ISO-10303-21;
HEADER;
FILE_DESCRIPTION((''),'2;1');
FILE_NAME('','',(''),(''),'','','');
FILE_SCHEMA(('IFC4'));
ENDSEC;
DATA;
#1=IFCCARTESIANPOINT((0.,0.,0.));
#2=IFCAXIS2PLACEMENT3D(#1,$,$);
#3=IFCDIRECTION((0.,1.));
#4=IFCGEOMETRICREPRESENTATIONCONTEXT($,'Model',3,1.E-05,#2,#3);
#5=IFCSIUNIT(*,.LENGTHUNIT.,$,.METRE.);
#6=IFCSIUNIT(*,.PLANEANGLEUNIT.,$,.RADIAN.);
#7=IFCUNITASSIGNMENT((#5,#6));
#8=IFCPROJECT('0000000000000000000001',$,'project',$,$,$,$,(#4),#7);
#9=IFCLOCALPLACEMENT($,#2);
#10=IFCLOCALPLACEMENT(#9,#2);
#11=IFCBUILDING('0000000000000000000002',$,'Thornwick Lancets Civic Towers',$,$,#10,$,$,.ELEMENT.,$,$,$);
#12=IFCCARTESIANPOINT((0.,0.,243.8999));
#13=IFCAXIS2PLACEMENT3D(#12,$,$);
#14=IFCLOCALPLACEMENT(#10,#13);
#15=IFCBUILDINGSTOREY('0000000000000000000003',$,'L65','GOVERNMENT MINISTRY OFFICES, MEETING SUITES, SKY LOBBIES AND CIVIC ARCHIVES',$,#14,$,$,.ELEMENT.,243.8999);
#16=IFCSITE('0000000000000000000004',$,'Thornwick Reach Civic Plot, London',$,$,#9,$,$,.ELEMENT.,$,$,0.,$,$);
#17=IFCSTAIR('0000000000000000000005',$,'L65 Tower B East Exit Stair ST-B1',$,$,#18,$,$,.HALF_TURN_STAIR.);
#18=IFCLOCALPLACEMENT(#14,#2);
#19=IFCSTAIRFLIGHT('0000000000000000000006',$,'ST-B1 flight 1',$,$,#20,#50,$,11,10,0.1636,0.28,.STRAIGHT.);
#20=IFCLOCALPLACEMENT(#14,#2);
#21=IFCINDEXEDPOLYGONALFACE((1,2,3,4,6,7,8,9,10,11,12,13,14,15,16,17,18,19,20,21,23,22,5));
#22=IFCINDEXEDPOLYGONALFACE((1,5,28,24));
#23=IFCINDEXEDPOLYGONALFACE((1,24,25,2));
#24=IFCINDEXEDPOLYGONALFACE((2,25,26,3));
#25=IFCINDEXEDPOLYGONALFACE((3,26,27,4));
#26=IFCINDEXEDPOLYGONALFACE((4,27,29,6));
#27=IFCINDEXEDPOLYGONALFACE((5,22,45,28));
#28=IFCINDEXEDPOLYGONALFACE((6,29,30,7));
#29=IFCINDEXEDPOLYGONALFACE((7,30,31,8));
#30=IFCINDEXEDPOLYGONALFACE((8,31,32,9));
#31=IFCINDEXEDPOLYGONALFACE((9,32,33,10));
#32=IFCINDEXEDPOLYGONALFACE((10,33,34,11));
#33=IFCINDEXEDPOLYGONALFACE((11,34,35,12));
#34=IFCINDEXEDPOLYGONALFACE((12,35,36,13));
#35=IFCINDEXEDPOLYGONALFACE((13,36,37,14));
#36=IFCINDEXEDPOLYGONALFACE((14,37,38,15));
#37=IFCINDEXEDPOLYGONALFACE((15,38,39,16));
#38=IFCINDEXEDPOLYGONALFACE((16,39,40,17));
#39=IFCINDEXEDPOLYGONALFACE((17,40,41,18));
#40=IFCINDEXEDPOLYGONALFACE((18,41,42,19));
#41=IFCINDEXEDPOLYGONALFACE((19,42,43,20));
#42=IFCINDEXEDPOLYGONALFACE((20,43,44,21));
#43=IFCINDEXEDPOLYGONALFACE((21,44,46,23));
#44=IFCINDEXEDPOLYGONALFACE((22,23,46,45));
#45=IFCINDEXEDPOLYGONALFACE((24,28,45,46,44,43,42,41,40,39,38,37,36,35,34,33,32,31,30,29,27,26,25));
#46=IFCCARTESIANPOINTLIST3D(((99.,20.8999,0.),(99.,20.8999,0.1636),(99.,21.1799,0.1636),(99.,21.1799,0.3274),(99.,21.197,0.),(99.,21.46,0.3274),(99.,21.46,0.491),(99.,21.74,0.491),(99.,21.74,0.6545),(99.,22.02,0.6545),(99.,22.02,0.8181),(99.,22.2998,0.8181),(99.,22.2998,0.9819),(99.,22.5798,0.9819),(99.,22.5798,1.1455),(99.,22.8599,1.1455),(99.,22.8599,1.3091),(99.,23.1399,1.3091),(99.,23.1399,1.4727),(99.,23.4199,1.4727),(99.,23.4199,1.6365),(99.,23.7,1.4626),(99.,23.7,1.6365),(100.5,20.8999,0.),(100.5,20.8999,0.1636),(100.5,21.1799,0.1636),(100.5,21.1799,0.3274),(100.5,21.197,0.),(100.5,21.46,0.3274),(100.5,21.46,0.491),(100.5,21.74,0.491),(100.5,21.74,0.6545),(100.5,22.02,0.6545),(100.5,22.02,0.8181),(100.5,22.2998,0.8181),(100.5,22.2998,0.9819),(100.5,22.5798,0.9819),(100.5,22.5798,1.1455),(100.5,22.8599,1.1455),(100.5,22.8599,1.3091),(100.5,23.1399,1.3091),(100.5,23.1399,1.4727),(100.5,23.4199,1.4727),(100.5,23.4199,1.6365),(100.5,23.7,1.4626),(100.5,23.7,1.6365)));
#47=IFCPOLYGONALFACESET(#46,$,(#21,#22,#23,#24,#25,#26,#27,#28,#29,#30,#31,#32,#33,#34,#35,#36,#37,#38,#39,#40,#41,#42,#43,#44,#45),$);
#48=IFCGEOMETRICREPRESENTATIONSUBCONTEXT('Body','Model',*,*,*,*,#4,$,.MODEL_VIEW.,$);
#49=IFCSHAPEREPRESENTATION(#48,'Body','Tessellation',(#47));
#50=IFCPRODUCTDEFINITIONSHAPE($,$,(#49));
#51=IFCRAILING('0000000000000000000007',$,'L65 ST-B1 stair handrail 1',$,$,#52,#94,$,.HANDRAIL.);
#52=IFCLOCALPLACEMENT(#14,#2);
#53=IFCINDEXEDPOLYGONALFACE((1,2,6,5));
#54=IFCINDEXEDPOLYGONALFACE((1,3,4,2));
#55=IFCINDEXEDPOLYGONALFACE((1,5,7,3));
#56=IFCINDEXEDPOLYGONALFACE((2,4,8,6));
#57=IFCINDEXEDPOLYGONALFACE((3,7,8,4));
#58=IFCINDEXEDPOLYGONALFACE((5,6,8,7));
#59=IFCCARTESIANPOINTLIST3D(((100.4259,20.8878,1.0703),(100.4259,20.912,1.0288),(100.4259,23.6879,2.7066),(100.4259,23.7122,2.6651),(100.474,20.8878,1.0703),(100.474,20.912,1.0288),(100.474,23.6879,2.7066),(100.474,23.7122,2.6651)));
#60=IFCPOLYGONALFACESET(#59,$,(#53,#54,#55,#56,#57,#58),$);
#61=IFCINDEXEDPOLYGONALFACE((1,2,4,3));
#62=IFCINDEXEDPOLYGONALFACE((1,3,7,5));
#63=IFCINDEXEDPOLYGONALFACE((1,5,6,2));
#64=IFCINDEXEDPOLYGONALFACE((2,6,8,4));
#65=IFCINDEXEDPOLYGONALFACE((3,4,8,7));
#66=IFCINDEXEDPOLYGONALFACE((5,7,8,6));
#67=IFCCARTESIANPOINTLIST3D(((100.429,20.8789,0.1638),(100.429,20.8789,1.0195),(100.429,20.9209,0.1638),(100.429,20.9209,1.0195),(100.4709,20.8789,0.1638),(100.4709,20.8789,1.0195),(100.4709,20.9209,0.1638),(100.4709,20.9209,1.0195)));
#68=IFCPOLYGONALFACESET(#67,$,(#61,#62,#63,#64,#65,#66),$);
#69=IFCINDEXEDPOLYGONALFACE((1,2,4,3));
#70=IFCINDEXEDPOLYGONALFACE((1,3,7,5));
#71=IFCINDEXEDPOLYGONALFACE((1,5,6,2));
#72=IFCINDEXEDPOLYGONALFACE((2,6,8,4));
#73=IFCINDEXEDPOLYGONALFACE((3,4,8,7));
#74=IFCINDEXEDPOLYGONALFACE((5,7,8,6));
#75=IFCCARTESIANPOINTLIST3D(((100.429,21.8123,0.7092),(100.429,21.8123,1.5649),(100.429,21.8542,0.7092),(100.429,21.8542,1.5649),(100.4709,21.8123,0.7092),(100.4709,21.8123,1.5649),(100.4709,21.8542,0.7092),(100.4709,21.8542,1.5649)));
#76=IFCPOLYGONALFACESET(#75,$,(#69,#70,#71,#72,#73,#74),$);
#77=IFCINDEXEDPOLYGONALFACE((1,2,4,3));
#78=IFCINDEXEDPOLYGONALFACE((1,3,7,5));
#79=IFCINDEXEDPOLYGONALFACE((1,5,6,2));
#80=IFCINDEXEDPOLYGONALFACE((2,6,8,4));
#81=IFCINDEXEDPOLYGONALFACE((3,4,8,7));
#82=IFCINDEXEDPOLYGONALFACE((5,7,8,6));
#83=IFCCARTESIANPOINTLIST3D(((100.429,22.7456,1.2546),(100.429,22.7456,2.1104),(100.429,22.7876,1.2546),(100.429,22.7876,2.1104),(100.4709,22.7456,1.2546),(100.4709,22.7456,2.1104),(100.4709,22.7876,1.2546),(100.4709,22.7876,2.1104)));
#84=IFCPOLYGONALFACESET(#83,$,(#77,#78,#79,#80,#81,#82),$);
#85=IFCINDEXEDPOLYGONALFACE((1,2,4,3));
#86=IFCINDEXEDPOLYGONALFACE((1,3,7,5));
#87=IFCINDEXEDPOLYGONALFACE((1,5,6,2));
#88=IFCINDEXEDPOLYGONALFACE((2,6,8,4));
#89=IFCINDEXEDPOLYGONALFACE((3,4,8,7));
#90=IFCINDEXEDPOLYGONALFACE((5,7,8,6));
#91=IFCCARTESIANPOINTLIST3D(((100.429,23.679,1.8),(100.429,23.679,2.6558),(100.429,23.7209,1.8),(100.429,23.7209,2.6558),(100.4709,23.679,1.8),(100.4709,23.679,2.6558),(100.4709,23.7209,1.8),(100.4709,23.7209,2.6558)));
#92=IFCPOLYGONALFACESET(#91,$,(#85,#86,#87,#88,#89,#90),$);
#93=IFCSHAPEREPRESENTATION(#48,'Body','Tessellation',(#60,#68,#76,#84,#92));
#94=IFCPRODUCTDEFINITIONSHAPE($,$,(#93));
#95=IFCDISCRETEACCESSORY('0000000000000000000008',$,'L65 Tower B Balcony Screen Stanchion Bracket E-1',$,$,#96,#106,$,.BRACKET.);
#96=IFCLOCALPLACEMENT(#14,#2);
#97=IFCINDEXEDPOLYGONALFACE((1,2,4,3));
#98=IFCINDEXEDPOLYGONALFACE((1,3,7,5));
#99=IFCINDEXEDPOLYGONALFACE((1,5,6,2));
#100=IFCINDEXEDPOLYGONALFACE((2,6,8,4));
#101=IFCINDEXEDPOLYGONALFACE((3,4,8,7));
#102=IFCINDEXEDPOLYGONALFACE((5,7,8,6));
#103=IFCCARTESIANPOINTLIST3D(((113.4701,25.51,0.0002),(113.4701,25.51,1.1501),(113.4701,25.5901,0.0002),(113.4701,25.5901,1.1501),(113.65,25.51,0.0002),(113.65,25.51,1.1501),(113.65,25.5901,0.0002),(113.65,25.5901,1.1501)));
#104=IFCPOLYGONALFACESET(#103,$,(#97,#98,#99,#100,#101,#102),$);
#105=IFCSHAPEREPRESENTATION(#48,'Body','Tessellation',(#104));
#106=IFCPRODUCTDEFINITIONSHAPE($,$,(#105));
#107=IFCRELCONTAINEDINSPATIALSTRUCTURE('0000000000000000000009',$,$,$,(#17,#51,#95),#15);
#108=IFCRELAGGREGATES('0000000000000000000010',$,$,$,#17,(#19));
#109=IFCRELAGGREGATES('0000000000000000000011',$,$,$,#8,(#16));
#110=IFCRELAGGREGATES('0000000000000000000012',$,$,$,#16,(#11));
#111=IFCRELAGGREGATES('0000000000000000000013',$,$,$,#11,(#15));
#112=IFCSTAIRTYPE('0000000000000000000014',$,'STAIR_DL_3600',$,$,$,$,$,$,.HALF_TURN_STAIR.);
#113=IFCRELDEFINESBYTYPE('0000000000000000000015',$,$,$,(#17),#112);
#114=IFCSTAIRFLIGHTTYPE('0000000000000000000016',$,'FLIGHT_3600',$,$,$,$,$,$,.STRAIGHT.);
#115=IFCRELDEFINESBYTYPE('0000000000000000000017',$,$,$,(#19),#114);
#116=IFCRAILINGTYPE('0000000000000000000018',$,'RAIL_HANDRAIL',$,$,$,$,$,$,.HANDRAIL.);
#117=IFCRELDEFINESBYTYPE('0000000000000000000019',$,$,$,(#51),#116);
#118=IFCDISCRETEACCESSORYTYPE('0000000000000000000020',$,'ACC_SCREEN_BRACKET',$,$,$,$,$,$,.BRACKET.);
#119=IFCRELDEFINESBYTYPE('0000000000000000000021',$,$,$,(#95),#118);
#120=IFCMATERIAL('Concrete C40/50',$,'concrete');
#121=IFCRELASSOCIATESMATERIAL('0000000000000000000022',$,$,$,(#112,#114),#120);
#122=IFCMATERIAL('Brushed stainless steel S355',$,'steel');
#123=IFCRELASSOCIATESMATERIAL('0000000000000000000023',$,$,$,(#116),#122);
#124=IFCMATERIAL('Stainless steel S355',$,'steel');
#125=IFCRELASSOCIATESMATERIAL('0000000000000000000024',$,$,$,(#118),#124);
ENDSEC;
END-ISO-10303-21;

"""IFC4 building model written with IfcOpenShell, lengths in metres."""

from ifc_helpers import new_model, si_unit, direction, frame, origin, origin_2d, place, context, subcontext, project, spatial, polyline, rectangle, outline, extrude, material, type_object, element, aggregate, save


model = new_model("IFC4")

# Units and contexts
model_context = context("Model", 3, precision=1e-05, world=origin(), true_north=direction((0.0, 1.0)))
body_context = subcontext(model_context, "Body", "Model", "MODEL_VIEW")
ifc_project = project(units=[si_unit("LENGTHUNIT", "METRE"), si_unit("PLANEANGLEUNIT", "RADIAN")], contexts=[model_context])

# Site, building, storey
site_placement = place(None, origin())
site = spatial("IfcSite", under=ifc_project, at=site_placement, Name="Thornwick Reach Civic Plot, London", CompositionType="ELEMENT", RefElevation=0.0)
building_placement = place(site_placement, origin())
building = spatial("IfcBuilding", under=site, at=building_placement, Name="Thornwick Lancets Civic Towers", CompositionType="ELEMENT")
storey_placement = place(building_placement, frame((0.0, 0.0, 243.8999)))
storey = spatial("IfcBuildingStorey", under=building, at=storey_placement, Name="L65", Description="GOVERNMENT MINISTRY OFFICES, MEETING SUITES, SKY LOBBIES AND CIVIC ARCHIVES", CompositionType="ELEMENT", Elevation=243.8999)

# Shared definitions
ifc_material_1 = material(Name="Concrete C40/50", Category="concrete")

# Stair, stair flight
stair_type = type_object("IfcStairType", Name="STAIR_DL_3600", PredefinedType="HALF_TURN_STAIR", material=ifc_material_1)
stair_placement = place(storey_placement, origin())
stair = element("IfcStair", 1, at=stair_placement, inside=storey, type_object=stair_type, Name="L65 Tower B East Exit Stair ST-B1", PredefinedType="HALF_TURN_STAIR")
stair_flight_type = type_object("IfcStairFlightType", Name="FLIGHT_3600", PredefinedType="STRAIGHT", material=ifc_material_1)
stair_flight_placement = place(storey_placement, frame((99.75, 20.8999, 0.0), z_axis=(0.0, 0.0, 1.0), x_axis=(0.0, 1.0, 0.0)))
stair_flight = element("IfcStairFlight", 2, at=stair_flight_placement, type_object=stair_flight_type, Name="ST-B1 flight 1", NumberOfRisers=11, NumberOfTreads=10, PredefinedType="STRAIGHT", RiserHeight=0.1636, TreadLength=0.28, context=body_context, shape_type="SweptSolid", body=[
    extrude(outline(polyline([(0.0, 0.0), (0.0, 0.1636), (0.28, 0.1636), (0.28, 0.3274), (0.5601, 0.3274), (0.5601, 0.491), (0.8401, 0.491), (0.8401, 0.6545), (1.1201, 0.6545), (1.1201, 0.8181), (1.3999, 0.8181), (1.3999, 0.9819), (1.6799, 0.9819), (1.6799, 1.1455), (1.96, 1.1455), (1.96, 1.3091), (2.24, 1.3091), (2.24, 1.4727), (2.52, 1.4727), (2.52, 1.6365), (2.8, 1.6365), (2.8, 1.8), (2.8, 1.4626), (0.2971, 0.0), (0.0, 0.0)])), frame((0.0, 0.75, 0.0), z_axis=(0.0, -1.0, 0.0), x_axis=(1.0, 0.0, 0.0)), (0.0, 0.0, 1.0), 1.5),
])
aggregate(stair, [stair_flight])

# Railing
ifc_material_2 = material(Name="Brushed stainless steel S355", Category="steel")
railing_type_1 = type_object("IfcRailingType", Name="RAIL_HANDRAIL", PredefinedType="HANDRAIL", material=ifc_material_2)
railing_1_placement = place(storey_placement, frame((100.45, 20.8999, 0.1638)))
element("IfcRailing", 3, at=railing_1_placement, inside=storey, type_object=railing_type_1, Name="L65 ST-B1 stair handrail 1", PredefinedType="HANDRAIL", context=body_context, shape_type="SweptSolid", body=[
    extrude(rectangle(XDim=0.0481, YDim=0.0481, at=origin_2d()), frame((0.0, 0.0, 0.8857), z_axis=(0.0, 0.863394, 0.504531), x_axis=(-1.0, 0.0, 0.0)), (0.0, 0.0, 1.0), 3.2432),
    extrude(rectangle(XDim=0.042, YDim=0.042, at=origin_2d()), origin(), (0.0, 0.0, 1.0), 0.8557),
    extrude(rectangle(XDim=0.042, YDim=0.042, at=origin_2d()), frame((0.0, 0.9333, 0.5454)), (0.0, 0.0, 1.0), 0.8557),
    extrude(rectangle(XDim=0.042, YDim=0.042, at=origin_2d()), frame((0.0, 1.8667, 1.0908)), (0.0, 0.0, 1.0), 0.8557),
    extrude(rectangle(XDim=0.042, YDim=0.042, at=origin_2d()), frame((0.0, 2.8, 1.6362)), (0.0, 0.0, 1.0), 0.8557),
])

# Discrete accessory
ifc_material_3 = material(Name="Stainless steel S355", Category="steel")
discrete_accessory_type = type_object("IfcDiscreteAccessoryType", Name="ACC_SCREEN_BRACKET", PredefinedType="BRACKET", material=ifc_material_3)
discrete_accessory_placement = place(storey_placement, frame((113.5601, 25.55, 0.0002), z_axis=(0.0, 0.0, 1.0), x_axis=(0.0, 1.0, 0.0)))
element("IfcDiscreteAccessory", 4, at=discrete_accessory_placement, inside=storey, type_object=discrete_accessory_type, Name="L65 Tower B Balcony Screen Stanchion Bracket E-1", PredefinedType="BRACKET", context=body_context, shape_type="SweptSolid", body=[
    extrude(rectangle(XDim=0.0801, YDim=0.1799, at=origin_2d()), origin(), (0.0, 0.0, 1.0), 1.1499),
])

save(model, "model.ifc")
